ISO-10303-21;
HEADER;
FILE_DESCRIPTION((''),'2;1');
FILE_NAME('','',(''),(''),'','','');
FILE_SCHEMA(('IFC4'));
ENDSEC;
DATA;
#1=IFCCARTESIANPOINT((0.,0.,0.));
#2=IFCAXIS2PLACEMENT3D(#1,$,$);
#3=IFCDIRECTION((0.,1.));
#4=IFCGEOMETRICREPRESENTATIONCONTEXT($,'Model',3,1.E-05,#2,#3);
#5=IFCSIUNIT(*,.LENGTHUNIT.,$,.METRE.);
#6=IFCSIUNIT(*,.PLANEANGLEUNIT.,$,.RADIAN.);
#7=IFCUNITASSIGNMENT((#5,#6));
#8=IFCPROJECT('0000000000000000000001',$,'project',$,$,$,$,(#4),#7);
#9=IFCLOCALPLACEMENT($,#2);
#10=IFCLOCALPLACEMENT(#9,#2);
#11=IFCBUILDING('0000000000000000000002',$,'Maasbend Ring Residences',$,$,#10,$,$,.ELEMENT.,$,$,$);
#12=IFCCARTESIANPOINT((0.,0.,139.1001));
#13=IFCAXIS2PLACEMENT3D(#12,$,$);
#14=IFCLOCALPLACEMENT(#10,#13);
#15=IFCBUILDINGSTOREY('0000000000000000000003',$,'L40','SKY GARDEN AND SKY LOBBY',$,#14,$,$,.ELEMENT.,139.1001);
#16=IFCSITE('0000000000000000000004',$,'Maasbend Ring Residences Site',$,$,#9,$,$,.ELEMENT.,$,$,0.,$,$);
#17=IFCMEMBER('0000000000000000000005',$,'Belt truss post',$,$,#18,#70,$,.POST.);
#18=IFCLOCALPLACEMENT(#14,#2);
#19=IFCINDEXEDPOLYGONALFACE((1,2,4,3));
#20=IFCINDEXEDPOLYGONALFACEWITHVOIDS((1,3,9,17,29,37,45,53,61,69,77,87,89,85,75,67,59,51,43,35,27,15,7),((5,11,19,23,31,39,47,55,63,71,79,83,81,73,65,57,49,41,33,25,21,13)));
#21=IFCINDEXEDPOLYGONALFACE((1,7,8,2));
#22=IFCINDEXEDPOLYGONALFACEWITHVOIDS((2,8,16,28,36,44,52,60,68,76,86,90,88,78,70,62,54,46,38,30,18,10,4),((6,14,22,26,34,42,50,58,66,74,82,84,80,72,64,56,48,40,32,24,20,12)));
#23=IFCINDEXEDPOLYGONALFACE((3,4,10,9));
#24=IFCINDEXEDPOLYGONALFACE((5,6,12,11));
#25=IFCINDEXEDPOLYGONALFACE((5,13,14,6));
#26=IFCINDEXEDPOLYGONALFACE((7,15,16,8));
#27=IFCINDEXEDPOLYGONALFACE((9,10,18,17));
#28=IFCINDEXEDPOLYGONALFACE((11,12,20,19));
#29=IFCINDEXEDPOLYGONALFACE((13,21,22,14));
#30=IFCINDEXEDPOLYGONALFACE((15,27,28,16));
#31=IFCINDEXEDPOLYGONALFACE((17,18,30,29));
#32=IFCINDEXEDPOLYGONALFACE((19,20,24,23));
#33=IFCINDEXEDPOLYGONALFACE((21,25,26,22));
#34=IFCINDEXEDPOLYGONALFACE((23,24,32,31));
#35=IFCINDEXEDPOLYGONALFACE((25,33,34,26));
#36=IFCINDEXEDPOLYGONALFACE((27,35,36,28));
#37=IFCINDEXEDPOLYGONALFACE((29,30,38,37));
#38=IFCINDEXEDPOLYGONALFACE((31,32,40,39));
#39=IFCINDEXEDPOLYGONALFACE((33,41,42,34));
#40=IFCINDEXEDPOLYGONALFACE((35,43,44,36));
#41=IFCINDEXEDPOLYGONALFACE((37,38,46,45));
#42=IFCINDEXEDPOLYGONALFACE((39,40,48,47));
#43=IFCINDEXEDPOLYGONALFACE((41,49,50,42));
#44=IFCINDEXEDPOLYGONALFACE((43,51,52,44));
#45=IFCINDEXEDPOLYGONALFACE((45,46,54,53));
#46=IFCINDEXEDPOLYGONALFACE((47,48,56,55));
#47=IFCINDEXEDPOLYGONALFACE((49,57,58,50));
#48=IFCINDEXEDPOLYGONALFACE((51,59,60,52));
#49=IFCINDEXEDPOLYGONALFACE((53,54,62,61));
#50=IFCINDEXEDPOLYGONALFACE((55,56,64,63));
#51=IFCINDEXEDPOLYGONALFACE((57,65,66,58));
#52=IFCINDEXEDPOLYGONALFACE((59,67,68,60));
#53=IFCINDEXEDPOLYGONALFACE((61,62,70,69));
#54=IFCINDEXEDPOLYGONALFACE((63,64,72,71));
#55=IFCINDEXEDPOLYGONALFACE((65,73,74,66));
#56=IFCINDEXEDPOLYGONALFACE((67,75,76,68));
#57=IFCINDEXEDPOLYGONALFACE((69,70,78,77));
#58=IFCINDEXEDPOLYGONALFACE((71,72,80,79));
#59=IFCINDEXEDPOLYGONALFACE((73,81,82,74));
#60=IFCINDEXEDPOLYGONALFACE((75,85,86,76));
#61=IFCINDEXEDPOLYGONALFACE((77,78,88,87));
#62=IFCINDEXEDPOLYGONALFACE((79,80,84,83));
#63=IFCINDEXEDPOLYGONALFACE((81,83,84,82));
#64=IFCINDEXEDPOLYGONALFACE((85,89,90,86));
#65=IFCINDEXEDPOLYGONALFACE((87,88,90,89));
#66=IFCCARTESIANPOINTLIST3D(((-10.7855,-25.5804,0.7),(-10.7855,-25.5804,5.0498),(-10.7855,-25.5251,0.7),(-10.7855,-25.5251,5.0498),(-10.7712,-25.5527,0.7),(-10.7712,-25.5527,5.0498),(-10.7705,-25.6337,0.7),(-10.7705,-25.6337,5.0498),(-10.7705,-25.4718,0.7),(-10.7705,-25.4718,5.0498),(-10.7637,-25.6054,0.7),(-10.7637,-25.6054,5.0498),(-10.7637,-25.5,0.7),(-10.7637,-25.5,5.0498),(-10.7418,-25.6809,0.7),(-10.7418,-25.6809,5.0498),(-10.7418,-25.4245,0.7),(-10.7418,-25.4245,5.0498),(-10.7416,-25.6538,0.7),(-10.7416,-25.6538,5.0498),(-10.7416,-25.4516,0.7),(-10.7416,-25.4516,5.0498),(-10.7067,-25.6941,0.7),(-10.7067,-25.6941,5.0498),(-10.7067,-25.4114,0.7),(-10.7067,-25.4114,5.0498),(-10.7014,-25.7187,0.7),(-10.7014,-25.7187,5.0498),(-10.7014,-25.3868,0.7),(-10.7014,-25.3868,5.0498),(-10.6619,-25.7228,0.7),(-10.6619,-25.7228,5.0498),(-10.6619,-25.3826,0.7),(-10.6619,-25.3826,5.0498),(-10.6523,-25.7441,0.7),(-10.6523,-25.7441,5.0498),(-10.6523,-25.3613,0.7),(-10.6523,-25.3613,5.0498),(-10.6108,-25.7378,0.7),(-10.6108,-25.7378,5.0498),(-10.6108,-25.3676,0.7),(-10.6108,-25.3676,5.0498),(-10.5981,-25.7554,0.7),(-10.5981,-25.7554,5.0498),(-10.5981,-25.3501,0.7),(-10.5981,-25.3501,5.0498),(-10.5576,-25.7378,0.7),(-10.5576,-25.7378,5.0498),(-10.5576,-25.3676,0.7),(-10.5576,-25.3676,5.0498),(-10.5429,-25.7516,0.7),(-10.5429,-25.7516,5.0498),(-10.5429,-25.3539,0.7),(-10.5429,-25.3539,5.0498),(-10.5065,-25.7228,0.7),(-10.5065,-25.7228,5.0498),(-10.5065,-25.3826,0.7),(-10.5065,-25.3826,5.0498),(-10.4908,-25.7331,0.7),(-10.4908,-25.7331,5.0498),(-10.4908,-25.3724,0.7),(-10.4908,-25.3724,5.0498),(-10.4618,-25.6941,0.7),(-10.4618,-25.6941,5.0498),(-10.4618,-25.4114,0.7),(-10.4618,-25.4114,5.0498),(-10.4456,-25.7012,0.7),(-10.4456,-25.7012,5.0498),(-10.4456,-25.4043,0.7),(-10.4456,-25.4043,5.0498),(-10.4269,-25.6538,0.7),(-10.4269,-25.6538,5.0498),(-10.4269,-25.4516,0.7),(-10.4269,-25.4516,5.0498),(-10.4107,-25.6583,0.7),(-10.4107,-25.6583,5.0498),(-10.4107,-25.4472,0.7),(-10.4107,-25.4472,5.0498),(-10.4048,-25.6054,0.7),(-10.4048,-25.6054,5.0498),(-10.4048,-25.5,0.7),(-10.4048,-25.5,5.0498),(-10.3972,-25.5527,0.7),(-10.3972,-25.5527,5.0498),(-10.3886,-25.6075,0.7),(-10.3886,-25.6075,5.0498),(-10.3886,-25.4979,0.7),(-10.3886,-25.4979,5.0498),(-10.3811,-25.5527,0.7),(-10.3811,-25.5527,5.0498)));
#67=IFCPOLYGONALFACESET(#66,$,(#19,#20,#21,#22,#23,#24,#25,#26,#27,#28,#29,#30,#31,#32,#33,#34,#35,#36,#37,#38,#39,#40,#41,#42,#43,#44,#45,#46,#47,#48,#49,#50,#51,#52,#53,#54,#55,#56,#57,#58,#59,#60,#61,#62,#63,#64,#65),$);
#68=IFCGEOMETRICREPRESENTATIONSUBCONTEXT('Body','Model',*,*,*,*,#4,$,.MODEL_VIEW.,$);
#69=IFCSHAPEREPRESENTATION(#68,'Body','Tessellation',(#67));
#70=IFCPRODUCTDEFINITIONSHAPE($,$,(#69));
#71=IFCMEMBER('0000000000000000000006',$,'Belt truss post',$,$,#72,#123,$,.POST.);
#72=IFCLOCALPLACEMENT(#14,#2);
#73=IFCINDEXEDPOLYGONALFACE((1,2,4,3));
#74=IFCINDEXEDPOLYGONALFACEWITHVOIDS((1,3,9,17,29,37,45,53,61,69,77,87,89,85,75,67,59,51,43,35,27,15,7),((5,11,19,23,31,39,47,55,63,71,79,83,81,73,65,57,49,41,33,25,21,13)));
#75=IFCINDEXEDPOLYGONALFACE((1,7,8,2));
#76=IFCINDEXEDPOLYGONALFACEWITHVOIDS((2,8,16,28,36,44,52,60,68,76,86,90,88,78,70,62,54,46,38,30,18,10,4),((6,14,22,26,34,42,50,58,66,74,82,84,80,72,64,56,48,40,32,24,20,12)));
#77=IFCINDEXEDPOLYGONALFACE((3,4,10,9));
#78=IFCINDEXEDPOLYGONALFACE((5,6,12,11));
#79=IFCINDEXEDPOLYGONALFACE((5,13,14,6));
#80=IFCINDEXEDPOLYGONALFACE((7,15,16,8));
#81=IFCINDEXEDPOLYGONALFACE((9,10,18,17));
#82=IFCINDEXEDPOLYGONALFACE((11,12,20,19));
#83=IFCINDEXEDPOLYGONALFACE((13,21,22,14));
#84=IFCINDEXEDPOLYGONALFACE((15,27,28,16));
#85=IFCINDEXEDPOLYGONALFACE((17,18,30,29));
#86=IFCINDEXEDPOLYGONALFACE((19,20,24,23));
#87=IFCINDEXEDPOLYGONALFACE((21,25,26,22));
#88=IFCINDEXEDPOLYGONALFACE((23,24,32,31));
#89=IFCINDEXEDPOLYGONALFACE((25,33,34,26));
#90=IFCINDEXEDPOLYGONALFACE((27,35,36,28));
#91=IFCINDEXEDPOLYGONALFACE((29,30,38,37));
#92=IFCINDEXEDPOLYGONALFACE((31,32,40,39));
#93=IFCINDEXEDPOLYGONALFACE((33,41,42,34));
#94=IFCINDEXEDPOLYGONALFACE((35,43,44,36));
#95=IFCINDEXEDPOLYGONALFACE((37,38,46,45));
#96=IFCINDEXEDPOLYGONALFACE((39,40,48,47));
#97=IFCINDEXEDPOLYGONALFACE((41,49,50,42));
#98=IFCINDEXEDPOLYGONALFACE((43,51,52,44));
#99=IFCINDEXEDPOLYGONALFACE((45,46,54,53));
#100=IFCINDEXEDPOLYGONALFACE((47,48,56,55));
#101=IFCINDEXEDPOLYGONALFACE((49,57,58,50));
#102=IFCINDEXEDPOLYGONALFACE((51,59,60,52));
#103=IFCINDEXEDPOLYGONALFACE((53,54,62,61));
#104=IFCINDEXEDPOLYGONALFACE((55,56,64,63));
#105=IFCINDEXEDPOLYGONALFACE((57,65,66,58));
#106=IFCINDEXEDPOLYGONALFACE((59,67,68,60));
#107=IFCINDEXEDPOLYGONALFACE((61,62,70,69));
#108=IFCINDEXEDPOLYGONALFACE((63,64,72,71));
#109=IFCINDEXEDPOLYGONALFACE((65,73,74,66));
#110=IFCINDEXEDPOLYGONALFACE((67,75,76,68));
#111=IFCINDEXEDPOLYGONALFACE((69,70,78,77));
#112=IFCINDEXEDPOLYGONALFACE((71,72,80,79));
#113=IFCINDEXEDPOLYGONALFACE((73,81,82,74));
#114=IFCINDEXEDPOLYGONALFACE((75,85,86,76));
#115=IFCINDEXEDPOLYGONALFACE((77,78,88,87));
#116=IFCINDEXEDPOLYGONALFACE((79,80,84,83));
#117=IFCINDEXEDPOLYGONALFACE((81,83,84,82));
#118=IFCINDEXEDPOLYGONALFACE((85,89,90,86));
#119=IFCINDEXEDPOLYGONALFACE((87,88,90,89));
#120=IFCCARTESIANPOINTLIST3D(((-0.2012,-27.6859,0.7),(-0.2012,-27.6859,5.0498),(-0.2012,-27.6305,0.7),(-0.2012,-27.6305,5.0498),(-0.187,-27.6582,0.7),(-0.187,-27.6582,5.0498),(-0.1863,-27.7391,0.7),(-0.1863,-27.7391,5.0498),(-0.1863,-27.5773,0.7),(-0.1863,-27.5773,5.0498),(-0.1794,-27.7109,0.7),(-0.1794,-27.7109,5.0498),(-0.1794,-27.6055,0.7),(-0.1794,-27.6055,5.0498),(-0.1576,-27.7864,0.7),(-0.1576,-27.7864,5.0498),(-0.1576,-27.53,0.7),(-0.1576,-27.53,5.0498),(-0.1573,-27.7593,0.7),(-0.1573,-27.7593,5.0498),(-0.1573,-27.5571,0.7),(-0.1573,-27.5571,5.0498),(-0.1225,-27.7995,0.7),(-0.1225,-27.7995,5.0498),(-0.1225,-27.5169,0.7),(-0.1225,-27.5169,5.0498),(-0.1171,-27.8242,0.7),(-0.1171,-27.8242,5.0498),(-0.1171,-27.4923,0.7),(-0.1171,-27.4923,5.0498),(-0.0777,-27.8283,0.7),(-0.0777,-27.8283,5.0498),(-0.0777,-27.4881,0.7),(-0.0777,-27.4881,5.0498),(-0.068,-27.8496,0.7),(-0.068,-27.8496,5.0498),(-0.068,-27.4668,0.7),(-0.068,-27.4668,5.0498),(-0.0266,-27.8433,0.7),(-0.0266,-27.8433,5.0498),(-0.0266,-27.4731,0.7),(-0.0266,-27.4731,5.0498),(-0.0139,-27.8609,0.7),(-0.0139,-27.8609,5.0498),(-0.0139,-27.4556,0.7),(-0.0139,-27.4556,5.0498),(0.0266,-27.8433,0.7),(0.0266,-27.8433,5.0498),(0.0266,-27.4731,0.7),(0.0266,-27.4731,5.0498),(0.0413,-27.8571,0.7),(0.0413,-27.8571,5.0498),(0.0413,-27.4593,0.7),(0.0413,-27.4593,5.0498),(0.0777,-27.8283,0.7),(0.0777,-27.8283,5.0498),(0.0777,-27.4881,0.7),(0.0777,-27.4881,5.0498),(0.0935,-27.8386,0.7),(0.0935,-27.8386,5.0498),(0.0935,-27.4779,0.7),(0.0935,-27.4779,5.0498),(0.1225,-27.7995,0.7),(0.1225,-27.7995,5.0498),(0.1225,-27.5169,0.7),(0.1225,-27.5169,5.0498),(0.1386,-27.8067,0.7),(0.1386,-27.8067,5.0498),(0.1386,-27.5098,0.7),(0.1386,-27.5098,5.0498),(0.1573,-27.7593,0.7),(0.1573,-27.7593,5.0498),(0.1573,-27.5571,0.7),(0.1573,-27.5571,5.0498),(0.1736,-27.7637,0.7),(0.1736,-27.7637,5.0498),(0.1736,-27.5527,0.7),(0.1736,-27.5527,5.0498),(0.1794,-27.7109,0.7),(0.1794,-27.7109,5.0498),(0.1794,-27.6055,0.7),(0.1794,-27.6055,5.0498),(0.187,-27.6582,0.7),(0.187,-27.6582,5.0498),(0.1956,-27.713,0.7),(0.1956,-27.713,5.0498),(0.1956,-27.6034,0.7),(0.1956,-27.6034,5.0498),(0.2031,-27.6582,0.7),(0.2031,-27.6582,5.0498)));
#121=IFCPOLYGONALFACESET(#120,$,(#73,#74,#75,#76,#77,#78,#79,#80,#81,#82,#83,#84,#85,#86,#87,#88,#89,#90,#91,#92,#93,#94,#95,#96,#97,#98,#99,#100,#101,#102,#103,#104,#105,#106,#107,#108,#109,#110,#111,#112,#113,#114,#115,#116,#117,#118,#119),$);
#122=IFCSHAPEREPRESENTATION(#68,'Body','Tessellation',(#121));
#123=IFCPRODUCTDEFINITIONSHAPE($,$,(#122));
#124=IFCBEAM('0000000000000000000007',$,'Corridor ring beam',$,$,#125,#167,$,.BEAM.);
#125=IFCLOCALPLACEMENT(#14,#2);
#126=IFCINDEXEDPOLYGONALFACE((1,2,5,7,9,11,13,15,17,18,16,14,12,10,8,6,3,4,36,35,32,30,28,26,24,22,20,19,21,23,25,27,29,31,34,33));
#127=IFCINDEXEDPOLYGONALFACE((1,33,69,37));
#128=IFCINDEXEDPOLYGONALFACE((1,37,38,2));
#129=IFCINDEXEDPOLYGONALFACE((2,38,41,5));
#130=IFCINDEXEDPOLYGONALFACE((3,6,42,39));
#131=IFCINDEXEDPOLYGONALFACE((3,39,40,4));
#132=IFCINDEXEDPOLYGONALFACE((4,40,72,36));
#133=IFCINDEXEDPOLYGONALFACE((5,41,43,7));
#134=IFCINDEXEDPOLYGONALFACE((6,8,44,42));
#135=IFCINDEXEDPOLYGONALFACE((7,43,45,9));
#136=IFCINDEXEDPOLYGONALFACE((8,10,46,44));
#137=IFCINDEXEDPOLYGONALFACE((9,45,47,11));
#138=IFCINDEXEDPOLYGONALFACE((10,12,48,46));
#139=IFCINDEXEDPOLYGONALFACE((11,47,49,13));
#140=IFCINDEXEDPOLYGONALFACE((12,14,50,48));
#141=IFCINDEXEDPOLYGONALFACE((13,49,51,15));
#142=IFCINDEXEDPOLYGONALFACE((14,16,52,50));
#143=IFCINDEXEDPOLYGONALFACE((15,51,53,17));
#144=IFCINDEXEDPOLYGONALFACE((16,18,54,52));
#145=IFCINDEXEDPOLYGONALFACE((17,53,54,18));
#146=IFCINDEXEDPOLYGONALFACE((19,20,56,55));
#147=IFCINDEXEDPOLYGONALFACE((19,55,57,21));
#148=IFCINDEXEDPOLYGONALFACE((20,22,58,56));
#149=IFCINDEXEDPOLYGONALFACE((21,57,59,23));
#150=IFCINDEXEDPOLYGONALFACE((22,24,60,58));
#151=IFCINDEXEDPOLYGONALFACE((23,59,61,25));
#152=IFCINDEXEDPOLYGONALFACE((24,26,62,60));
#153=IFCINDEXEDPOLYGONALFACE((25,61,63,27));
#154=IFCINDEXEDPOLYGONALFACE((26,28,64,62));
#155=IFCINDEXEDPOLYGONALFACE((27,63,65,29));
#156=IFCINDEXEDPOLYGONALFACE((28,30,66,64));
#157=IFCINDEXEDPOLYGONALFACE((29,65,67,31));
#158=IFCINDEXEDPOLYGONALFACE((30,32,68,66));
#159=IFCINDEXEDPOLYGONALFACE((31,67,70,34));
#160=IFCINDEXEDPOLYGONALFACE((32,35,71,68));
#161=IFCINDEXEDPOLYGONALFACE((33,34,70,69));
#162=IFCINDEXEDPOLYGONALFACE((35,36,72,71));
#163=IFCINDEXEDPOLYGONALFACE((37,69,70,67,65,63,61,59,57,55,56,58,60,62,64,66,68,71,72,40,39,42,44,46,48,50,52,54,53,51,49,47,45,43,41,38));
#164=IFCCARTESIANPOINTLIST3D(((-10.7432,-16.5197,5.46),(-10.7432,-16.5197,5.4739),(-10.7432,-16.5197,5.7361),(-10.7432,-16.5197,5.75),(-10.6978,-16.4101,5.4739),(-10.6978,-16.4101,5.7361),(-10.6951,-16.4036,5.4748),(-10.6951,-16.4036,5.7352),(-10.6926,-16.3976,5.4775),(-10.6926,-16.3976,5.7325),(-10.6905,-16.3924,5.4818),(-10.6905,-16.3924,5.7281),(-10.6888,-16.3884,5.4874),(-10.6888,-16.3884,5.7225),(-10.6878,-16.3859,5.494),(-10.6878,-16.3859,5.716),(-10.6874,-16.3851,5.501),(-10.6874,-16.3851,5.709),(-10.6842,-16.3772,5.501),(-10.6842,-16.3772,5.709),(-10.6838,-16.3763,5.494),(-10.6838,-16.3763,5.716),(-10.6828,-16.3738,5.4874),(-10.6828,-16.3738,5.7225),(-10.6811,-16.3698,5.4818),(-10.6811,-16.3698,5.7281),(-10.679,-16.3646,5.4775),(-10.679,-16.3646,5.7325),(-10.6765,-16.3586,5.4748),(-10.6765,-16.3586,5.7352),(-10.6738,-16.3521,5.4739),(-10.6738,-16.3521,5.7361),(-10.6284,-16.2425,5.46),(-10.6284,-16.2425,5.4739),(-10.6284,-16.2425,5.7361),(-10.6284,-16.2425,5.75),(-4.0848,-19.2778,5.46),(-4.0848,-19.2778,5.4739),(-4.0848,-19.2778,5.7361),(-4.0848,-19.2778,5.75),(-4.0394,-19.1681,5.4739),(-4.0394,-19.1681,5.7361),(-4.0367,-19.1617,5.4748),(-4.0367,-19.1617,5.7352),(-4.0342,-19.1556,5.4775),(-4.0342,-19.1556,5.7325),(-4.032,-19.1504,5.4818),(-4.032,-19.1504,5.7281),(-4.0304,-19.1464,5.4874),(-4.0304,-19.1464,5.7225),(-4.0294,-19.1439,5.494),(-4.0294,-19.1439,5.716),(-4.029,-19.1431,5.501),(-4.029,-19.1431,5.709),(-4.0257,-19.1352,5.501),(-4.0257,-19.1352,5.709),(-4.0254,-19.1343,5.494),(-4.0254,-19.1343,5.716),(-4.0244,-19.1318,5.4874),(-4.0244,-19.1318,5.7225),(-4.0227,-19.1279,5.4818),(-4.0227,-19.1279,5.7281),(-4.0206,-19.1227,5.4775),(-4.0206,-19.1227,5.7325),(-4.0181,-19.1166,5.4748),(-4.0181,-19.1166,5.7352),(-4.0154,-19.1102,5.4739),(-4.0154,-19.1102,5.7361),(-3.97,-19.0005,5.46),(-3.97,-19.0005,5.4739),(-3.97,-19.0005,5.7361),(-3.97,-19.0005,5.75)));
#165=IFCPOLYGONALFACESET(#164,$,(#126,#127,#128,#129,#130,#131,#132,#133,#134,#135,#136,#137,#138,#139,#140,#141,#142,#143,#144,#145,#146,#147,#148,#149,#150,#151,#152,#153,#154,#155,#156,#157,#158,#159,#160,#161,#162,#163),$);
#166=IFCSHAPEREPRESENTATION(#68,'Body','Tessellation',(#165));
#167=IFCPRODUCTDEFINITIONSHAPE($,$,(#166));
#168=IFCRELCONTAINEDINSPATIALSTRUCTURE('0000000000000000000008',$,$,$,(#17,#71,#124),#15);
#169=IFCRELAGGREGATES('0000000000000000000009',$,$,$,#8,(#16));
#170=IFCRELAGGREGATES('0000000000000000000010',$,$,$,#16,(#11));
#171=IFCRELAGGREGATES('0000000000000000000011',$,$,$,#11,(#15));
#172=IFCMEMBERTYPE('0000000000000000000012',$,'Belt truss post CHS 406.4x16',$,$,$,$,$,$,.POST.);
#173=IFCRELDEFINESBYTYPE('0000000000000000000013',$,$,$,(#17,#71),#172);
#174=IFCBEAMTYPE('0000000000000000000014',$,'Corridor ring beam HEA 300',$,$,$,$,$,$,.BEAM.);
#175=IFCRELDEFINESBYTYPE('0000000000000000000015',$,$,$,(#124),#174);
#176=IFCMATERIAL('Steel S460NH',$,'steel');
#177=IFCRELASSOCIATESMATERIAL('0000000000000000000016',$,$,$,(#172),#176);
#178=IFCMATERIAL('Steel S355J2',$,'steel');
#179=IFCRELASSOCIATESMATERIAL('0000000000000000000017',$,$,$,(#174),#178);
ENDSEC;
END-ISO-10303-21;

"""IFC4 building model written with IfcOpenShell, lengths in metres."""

from ifc_helpers import new_model, si_unit, direction, frame, origin, origin_2d, place, context, subcontext, project, spatial, hollow_circle, i_section, extrude, material, material_profile, profile_set, type_object, element, save


model = new_model("IFC4")

# Units and contexts
model_context = context("Model", 3, precision=1e-05, world=origin(), true_north=direction((0.0, 1.0)))
body_context = subcontext(model_context, "Body", "Model", "MODEL_VIEW")
ifc_project = project(units=[si_unit("LENGTHUNIT", "METRE"), si_unit("PLANEANGLEUNIT", "RADIAN")], contexts=[model_context])

# Site, building, storey
site_placement = place(None, origin())
site = spatial("IfcSite", under=ifc_project, at=site_placement, Name="Maasbend Ring Residences Site", CompositionType="ELEMENT", RefElevation=0.0)
building_placement = place(site_placement, origin())
building = spatial("IfcBuilding", under=site, at=building_placement, Name="Maasbend Ring Residences", CompositionType="ELEMENT")
storey_placement = place(building_placement, frame((0.0, 0.0, 139.1001)))
storey = spatial("IfcBuildingStorey", under=building, at=storey_placement, Name="L40", Description="SKY GARDEN AND SKY LOBBY", CompositionType="ELEMENT", Elevation=139.1001)

# Members
ifc_material_1 = material(Name="Steel S460NH", Category="steel")
ifc_material_profile_1 = material_profile(ifc_material_1, hollow_circle(Radius=0.2031, WallThickness=0.0161, at=origin_2d()), Name="Belt truss post CHS 406.4x16")
ifc_profile_set_1 = profile_set([ifc_material_profile_1], Name="Steel S460NH")
member_type_1 = type_object("IfcMemberType", Name="Belt truss post CHS 406.4x16", PredefinedType="POST", material=ifc_profile_set_1)
for number, where, z_axis, x_axis, name in (
    (1, (-10.5842, -25.5527, 0.7), (0.0, 0.0, 1.0), (1.0, 0.0, 0.0), "Belt truss post"),
    (2, (0.0, -27.6582, 0.7), (0.0, 0.0, 1.0), (1.0, 0.0, 0.0), "Belt truss post"),
):
    element("IfcMember", number, at=place(storey_placement, frame(where, z_axis=z_axis, x_axis=x_axis)), inside=storey, type_object=member_type_1, Name=name, PredefinedType="POST", context=body_context, shape_type="SweptSolid", body=[
        extrude(hollow_circle(Radius=0.2031, WallThickness=0.0161, at=origin_2d()), origin(), (0.0, 0.0, 1.0), 4.3499),
    ])

# Beam
ifc_material_2 = material(Name="Steel S355J2", Category="steel")
ifc_material_profile_2 = material_profile(ifc_material_2, i_section(OverallWidth=0.3, OverallDepth=0.29, WebThickness=0.0085, FlangeThickness=0.0139, FilletRadius=0.0271, at=origin_2d()), Name="HEA 300")
ifc_profile_set_2 = profile_set([ifc_material_profile_2], Name="Steel S355J2")
beam_type_1 = type_object("IfcBeamType", Name="Corridor ring beam HEA 300", PredefinedType="BEAM", material=ifc_profile_set_2)
for number, where, z_axis, x_axis, name in (
    (3, (-10.6858, -16.3811, 5.605), (0.923878, -0.382688, 0.0), (0.382688, 0.923878, 0.0), "Corridor ring beam"),
):
    element("IfcBeam", number, at=place(storey_placement, frame(where, z_axis=z_axis, x_axis=x_axis)), inside=storey, type_object=beam_type_1, Name=name, PredefinedType="BEAM", context=body_context, shape_type="SweptSolid", body=[
        extrude(i_section(OverallWidth=0.3, OverallDepth=0.29, WebThickness=0.0085, FlangeThickness=0.0139, FilletRadius=0.0271, at=origin_2d()), origin(), (0.0, 0.0, 1.0), 7.207),
    ])

save(model, "model.ifc")
